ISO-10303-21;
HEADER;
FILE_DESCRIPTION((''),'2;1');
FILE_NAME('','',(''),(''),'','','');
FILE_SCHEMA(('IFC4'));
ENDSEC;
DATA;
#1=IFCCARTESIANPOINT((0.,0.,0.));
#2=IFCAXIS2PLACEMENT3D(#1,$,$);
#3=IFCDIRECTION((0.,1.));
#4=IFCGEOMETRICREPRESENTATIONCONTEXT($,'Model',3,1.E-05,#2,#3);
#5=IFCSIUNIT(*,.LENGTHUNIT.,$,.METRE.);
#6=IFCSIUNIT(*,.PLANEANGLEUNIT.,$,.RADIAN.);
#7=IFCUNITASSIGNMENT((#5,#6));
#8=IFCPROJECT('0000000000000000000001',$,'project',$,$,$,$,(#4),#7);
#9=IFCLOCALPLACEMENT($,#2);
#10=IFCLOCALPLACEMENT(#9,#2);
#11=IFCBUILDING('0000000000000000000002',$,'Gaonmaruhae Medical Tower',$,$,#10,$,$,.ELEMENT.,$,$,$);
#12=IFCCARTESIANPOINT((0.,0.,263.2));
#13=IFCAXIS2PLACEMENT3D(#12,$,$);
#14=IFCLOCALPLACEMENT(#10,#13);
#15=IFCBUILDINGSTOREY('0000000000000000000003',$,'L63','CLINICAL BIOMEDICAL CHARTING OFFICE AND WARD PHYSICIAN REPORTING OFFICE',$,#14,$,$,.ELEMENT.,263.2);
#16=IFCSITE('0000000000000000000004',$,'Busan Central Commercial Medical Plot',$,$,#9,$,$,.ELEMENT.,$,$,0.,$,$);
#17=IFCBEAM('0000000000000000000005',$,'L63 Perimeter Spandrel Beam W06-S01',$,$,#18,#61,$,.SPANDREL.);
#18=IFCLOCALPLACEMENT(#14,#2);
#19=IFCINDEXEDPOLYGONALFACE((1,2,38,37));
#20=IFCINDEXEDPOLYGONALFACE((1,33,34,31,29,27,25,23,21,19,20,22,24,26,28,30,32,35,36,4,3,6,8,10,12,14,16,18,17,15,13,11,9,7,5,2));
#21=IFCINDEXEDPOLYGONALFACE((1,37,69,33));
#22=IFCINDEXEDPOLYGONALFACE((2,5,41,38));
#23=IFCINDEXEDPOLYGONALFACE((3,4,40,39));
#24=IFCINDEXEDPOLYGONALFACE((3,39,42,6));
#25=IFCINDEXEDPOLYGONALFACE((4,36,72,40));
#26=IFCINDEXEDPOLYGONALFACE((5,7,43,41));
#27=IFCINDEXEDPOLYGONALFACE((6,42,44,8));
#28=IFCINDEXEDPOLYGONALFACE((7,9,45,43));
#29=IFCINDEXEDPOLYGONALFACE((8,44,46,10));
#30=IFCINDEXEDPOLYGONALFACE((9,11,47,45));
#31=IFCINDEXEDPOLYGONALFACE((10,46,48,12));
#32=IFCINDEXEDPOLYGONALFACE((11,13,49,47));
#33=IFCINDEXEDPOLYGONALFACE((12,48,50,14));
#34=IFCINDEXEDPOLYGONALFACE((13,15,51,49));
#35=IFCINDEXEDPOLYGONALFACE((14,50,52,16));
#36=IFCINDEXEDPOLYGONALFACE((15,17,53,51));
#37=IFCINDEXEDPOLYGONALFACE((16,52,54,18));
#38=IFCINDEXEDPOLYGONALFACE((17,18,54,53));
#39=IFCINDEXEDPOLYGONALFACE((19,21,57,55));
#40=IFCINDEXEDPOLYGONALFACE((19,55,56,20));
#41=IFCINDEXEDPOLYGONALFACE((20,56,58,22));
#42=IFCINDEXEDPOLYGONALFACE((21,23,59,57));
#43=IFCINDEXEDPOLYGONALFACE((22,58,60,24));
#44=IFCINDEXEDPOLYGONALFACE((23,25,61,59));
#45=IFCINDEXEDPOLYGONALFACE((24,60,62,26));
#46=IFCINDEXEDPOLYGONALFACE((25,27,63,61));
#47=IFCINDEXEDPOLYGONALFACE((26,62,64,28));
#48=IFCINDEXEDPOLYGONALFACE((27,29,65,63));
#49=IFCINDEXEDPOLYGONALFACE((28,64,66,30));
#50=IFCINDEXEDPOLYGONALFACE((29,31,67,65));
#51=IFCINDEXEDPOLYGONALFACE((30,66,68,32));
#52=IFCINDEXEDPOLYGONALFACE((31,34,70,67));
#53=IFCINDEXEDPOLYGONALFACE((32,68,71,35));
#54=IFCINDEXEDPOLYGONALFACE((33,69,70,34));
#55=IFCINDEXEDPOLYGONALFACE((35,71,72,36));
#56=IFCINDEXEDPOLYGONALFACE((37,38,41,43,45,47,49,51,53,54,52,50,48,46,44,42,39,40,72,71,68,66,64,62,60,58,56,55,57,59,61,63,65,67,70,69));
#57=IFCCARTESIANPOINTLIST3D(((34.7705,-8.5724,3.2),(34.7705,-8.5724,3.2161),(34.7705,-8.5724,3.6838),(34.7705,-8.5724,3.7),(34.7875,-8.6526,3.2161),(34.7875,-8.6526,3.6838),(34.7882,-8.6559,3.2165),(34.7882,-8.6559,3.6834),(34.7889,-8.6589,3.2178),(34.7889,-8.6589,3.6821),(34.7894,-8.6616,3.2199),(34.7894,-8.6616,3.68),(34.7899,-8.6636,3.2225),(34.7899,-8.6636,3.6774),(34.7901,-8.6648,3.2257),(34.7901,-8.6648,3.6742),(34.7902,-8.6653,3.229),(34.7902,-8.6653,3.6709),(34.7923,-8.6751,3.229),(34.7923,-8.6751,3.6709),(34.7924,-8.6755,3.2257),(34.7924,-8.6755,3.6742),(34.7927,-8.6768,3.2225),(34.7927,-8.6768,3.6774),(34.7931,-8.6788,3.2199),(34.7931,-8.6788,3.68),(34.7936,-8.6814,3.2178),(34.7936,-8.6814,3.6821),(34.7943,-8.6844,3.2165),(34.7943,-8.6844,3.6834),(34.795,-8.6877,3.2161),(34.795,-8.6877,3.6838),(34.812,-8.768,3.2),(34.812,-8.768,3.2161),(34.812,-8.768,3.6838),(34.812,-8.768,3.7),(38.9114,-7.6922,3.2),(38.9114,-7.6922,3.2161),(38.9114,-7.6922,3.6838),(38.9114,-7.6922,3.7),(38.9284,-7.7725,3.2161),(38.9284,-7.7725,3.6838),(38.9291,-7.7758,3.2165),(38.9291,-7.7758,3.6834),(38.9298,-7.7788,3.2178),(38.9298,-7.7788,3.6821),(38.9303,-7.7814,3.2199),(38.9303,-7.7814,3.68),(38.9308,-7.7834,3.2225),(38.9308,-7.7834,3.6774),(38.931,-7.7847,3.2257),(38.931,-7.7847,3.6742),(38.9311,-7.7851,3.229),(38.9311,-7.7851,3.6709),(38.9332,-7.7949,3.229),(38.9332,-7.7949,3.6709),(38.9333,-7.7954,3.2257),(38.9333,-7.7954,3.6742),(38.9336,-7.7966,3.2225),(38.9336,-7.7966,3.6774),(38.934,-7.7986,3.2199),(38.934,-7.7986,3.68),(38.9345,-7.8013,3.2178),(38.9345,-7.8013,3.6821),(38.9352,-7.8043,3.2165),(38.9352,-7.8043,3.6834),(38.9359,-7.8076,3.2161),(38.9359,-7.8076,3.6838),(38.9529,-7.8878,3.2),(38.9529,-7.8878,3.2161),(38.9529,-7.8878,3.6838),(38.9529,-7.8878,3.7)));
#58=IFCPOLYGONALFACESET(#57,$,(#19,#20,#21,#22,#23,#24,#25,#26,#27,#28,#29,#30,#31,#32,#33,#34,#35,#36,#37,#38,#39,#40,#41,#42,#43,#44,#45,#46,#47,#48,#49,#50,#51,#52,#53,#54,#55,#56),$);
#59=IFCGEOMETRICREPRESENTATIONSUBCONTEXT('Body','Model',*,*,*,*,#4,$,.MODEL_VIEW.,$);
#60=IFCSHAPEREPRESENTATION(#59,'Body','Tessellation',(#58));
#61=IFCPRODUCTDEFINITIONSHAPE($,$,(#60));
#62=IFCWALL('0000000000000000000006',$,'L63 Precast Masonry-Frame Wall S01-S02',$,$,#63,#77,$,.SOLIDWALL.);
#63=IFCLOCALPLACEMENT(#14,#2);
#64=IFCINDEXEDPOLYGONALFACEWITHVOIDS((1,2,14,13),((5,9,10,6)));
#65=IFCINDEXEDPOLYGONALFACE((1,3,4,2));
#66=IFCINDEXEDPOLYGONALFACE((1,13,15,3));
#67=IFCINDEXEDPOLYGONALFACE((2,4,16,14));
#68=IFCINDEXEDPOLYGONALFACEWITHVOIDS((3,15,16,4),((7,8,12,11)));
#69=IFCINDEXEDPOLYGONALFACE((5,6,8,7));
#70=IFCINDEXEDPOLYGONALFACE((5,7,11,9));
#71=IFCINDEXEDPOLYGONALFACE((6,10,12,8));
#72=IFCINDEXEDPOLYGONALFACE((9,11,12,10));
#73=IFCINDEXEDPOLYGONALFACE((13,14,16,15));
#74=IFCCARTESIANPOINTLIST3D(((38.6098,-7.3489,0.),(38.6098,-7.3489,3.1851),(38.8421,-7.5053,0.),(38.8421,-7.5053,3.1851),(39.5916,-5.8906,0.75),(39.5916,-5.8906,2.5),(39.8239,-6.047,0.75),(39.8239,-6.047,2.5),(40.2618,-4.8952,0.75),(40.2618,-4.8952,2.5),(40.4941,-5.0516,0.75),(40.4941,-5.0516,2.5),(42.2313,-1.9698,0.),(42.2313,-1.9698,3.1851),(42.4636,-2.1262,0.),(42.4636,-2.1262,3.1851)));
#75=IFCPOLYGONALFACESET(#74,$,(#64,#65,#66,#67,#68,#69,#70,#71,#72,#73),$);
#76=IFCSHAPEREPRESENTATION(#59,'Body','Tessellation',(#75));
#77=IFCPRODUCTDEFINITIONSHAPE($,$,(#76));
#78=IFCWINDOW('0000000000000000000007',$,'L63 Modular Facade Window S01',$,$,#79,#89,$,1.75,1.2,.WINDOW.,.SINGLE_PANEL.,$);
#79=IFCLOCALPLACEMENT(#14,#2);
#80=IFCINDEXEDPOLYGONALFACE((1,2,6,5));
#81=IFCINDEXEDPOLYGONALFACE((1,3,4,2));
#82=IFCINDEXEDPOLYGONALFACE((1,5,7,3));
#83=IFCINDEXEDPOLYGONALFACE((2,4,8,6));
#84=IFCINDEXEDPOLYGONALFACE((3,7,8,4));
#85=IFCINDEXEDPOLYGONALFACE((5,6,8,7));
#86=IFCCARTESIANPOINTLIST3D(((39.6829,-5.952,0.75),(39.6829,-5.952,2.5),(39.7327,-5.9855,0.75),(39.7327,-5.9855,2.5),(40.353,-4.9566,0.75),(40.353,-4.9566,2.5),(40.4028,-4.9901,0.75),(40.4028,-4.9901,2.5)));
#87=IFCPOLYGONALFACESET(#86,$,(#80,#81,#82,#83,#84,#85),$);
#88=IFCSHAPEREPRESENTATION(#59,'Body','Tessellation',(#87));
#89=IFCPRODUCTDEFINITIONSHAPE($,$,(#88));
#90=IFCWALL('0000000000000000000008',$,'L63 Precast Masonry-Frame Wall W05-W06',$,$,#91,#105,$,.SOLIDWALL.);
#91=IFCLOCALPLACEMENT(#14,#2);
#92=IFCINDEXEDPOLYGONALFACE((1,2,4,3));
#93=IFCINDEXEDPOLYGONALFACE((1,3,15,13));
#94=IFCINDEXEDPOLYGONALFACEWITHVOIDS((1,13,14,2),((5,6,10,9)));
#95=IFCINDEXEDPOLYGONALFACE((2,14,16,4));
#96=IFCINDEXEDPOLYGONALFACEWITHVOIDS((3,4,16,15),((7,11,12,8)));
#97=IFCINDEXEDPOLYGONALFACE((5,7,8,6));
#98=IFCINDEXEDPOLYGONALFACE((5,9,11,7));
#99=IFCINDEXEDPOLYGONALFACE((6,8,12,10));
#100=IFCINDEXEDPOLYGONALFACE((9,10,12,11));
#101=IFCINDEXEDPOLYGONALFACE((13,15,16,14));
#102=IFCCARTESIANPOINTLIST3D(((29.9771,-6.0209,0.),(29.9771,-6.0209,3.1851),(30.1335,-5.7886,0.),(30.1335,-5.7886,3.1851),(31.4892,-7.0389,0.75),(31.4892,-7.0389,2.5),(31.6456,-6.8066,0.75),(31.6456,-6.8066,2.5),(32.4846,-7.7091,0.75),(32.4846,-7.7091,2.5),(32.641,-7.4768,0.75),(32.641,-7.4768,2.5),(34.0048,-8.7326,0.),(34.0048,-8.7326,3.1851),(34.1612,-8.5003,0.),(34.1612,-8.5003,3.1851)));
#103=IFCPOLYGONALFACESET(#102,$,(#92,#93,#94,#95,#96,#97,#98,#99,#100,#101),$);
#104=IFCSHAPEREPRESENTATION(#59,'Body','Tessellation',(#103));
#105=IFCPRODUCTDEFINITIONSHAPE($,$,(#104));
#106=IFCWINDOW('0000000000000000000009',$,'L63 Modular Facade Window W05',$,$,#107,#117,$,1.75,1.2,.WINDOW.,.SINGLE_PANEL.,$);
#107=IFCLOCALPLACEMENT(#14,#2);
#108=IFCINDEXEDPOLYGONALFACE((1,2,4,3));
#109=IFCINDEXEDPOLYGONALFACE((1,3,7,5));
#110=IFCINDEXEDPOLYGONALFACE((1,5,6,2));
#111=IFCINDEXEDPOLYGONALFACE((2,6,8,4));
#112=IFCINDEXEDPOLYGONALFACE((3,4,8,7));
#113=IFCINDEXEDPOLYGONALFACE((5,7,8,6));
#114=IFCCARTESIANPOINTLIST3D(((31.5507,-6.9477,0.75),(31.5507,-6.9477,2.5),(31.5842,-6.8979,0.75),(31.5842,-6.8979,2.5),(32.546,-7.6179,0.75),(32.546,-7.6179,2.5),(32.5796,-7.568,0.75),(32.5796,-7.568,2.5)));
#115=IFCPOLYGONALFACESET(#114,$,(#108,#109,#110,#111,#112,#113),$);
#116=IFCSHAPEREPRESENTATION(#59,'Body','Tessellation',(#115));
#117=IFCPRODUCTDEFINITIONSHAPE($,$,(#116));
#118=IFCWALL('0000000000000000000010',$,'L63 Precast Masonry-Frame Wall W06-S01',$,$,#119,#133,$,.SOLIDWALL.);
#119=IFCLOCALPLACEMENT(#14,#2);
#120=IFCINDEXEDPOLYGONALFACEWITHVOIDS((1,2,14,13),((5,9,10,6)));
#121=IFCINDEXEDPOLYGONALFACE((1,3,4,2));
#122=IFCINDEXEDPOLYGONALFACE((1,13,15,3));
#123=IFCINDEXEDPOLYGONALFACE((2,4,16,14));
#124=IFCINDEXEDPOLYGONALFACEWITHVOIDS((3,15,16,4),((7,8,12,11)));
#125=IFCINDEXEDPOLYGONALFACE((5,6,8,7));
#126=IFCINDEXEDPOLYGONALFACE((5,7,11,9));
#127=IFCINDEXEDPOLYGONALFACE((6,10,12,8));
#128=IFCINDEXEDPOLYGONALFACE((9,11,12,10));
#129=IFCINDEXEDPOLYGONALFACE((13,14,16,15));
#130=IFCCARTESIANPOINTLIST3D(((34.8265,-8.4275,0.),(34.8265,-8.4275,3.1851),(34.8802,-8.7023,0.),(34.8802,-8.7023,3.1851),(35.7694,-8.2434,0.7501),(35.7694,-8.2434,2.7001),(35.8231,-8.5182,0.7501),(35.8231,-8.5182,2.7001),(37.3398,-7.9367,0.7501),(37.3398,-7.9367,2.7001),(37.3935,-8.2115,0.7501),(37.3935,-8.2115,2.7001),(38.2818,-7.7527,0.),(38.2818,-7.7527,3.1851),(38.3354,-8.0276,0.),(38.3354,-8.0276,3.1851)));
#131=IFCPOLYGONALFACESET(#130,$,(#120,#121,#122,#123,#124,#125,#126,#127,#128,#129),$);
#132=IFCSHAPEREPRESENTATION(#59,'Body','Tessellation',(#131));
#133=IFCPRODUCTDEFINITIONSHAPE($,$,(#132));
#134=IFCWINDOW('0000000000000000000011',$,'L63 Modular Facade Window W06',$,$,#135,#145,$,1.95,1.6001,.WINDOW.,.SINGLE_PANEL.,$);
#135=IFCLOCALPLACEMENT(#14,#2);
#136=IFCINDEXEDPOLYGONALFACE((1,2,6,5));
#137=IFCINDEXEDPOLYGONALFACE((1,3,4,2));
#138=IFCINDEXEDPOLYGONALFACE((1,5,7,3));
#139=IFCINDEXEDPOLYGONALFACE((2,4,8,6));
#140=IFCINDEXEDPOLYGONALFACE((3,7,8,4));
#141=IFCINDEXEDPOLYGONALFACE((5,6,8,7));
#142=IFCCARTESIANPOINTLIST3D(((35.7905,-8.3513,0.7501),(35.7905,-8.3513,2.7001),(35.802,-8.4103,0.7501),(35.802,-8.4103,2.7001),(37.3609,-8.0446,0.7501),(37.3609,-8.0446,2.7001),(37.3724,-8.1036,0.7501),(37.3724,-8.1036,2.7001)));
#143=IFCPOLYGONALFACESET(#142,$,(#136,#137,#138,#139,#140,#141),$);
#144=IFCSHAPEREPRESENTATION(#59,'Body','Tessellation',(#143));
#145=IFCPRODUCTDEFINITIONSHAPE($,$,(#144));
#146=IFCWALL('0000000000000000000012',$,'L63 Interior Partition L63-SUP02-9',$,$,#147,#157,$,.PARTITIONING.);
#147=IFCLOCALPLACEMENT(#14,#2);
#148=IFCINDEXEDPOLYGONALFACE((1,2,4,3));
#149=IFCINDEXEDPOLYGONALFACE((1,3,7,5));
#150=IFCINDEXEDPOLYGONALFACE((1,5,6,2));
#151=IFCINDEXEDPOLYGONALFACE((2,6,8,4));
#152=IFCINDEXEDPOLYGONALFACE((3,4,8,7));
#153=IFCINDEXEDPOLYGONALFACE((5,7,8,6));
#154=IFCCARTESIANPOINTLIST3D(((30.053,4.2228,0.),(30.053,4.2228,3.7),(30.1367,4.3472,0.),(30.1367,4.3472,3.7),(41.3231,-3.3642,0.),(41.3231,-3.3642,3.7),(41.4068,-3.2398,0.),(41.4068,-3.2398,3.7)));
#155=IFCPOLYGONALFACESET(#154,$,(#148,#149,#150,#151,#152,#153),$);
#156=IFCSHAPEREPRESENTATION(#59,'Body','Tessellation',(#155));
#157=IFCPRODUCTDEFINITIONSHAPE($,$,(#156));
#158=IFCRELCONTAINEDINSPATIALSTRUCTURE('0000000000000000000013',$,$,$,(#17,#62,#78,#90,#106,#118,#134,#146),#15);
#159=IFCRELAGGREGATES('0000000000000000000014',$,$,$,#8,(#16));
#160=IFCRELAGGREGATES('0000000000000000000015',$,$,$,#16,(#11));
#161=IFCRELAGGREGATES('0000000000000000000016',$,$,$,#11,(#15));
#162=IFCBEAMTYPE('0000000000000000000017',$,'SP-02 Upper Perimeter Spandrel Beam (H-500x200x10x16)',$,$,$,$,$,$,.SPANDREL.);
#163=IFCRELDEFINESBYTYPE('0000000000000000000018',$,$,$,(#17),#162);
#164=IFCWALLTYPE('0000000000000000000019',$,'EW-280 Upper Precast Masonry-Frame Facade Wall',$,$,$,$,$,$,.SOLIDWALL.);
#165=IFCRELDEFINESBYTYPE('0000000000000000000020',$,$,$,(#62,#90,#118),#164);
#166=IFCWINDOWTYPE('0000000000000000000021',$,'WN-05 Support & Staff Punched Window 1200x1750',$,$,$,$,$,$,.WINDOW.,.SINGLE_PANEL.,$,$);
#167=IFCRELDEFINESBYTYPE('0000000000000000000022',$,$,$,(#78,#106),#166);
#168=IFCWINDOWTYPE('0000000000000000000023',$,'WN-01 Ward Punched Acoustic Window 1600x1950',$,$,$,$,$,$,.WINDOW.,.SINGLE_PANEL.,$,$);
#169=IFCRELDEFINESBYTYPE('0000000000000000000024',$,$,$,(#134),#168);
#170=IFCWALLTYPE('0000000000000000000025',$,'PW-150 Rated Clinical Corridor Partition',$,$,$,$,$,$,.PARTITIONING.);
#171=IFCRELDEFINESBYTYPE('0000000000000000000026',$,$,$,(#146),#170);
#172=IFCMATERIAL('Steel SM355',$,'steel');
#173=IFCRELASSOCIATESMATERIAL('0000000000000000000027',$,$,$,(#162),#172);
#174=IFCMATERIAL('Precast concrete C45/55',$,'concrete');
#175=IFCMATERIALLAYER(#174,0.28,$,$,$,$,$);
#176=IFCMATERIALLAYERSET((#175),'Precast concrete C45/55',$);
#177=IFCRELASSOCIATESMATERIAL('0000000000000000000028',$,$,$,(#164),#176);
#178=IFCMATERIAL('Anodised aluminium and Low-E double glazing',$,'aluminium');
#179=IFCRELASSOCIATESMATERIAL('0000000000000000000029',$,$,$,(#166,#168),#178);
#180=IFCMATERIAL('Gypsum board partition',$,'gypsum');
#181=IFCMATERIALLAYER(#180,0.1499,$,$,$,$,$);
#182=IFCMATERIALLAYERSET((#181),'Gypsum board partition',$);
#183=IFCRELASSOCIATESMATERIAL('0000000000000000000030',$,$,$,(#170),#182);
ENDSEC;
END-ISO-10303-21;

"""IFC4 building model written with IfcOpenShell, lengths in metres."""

from ifc_helpers import new_model, si_unit, direction, frame, frame_2d, origin, origin_2d, place, context, subcontext, project, spatial, rectangle, i_section, extrude, material, layer, layer_set, material_profile, profile_set, type_object, element, fill, save


model = new_model("IFC4")

# Units and contexts
model_context = context("Model", 3, precision=1e-05, world=origin(), true_north=direction((0.0, 1.0)))
body_context = subcontext(model_context, "Body", "Model", "MODEL_VIEW")
ifc_project = project(units=[si_unit("LENGTHUNIT", "METRE"), si_unit("PLANEANGLEUNIT", "RADIAN")], contexts=[model_context])

# Site, building, storey
site_placement = place(None, origin())
site = spatial("IfcSite", under=ifc_project, at=site_placement, Name="Busan Central Commercial Medical Plot", CompositionType="ELEMENT", RefElevation=0.0)
building_placement = place(site_placement, origin())
building = spatial("IfcBuilding", under=site, at=building_placement, Name="Gaonmaruhae Medical Tower", CompositionType="ELEMENT")
storey_placement = place(building_placement, frame((0.0, 0.0, 263.2)))
storey = spatial("IfcBuildingStorey", under=building, at=storey_placement, Name="L63", Description="CLINICAL BIOMEDICAL CHARTING OFFICE AND WARD PHYSICIAN REPORTING OFFICE", CompositionType="ELEMENT", Elevation=263.2)

# Shared definitions
ifc_material_1 = material(Name="Anodised aluminium and Low-E double glazing", Category="aluminium")

# Beam
ifc_material_2 = material(Name="Steel SM355", Category="steel")
ifc_material_profile_1 = material_profile(ifc_material_2, i_section(OverallWidth=0.2, OverallDepth=0.5, WebThickness=0.01, FlangeThickness=0.0161, FilletRadius=0.0129, at=origin_2d()), Name="H-500x200x10x16")
ifc_profile_set_1 = profile_set([ifc_material_profile_1], Name="Steel SM355")
beam_type = type_object("IfcBeamType", Name="SP-02 Upper Perimeter Spandrel Beam (H-500x200x10x16)", PredefinedType="SPANDREL", material=ifc_profile_set_1)
beam_1_placement = place(storey_placement, frame((34.7913, -8.6702, 3.45), z_axis=(0.97815, 0.207902, 0.0), x_axis=(-0.207902, 0.97815, 0.0)))
element("IfcBeam", 1, at=beam_1_placement, inside=storey, type_object=beam_type, Name="L63 Perimeter Spandrel Beam W06-S01", PredefinedType="SPANDREL", context=body_context, shape_type="SweptSolid", body=[
    extrude(i_section(OverallWidth=0.2, OverallDepth=0.5, WebThickness=0.01, FlangeThickness=0.0161, FilletRadius=0.0129, at=origin_2d()), origin(), (0.0, 0.0, 1.0), 4.2334),
])

# Walls, openings, windows
ifc_material_3 = material(Name="Precast concrete C45/55", Category="concrete")
ifc_layer_1 = layer(ifc_material_3, 0.28)
ifc_layer_set_1 = layer_set([ifc_layer_1], Name="Precast concrete C45/55")
wall_type_1 = type_object("IfcWallType", Name="EW-280 Upper Precast Masonry-Frame Facade Wall", PredefinedType="SOLIDWALL", material=ifc_layer_set_1)
wall_1_placement = place(storey_placement, frame((42.3474, -2.0481, 0.0), z_axis=(0.0, 0.0, 1.0), x_axis=(-0.558482, -0.829516, 0.0)))
wall_1 = element("IfcWall", 2, at=wall_1_placement, inside=storey, type_object=wall_type_1, Name="L63 Precast Masonry-Frame Wall S01-S02", PredefinedType="SOLIDWALL", context=body_context, shape_type="SweptSolid", body=[
    extrude(rectangle(XDim=6.4846, YDim=0.28, at=frame_2d((3.2422, 0.0))), origin(), (0.0, 0.0, 1.0), 3.1851),
])
opening_1_placement = place(wall_1_placement, frame((3.5264, 0.0, 0.75)))
opening_1 = element("IfcOpeningElement", 3, at=opening_1_placement, cuts=wall_1, PredefinedType="OPENING", context=body_context, shape_type="SweptSolid", body=[
    extrude(rectangle(XDim=1.2, YDim=1.75, at=frame_2d((0.6001, 0.875))), frame((0.0, 0.1499, 0.0), z_axis=(0.0, -1.0, 0.0), x_axis=(1.0, 0.0, 0.0)), (0.0, 0.0, 1.0), 0.3),
])
window_type_1 = type_object("IfcWindowType", Name="WN-05 Support & Staff Punched Window 1200x1750", PartitioningType="SINGLE_PANEL", PredefinedType="WINDOW", material=ifc_material_1)
window_1_placement = place(opening_1_placement, origin())
window_1 = element("IfcWindow", 4, at=window_1_placement, inside=storey, type_object=window_type_1, Name="L63 Modular Facade Window S01", OverallHeight=1.75, OverallWidth=1.2, PartitioningType="SINGLE_PANEL", PredefinedType="WINDOW", context=body_context, shape_type="SweptSolid", body=[
    extrude(rectangle(XDim=1.2, YDim=1.75, at=frame_2d((0.6001, 0.875))), frame((0.0, 0.03, 0.0), z_axis=(0.0, -1.0, 0.0), x_axis=(1.0, 0.0, 0.0)), (0.0, 0.0, 1.0), 0.0601),
])
fill(opening_1, window_1)
wall_2_placement = place(storey_placement, frame((34.083, -8.6165, 0.0), z_axis=(0.0, 0.0, 1.0), x_axis=(-0.829512, 0.558489, 0.0)))
wall_2 = element("IfcWall", 5, at=wall_2_placement, inside=storey, type_object=wall_type_1, Name="L63 Precast Masonry-Frame Wall W05-W06", PredefinedType="SOLIDWALL", context=body_context, shape_type="SweptSolid", body=[
    extrude(rectangle(XDim=4.8555, YDim=0.28, at=frame_2d((2.4277, 0.0))), origin(), (0.0, 0.0, 1.0), 3.1851),
])
opening_2_placement = place(wall_2_placement, frame((1.8325, 0.0, 0.75)))
opening_2 = element("IfcOpeningElement", 6, at=opening_2_placement, cuts=wall_2, PredefinedType="OPENING", context=body_context, shape_type="SweptSolid", body=[
    extrude(rectangle(XDim=1.2, YDim=1.75, at=frame_2d((0.6001, 0.875))), frame((0.0, 0.1499, 0.0), z_axis=(0.0, -1.0, 0.0), x_axis=(1.0, 0.0, 0.0)), (0.0, 0.0, 1.0), 0.3),
])
window_2_placement = place(opening_2_placement, origin())
window_2 = element("IfcWindow", 7, at=window_2_placement, inside=storey, type_object=window_type_1, Name="L63 Modular Facade Window W05", OverallHeight=1.75, OverallWidth=1.2, PartitioningType="SINGLE_PANEL", PredefinedType="WINDOW", context=body_context, shape_type="SweptSolid", body=[
    extrude(rectangle(XDim=1.2, YDim=1.75, at=frame_2d((0.6001, 0.875))), frame((0.0, 0.03, 0.0), z_axis=(0.0, -1.0, 0.0), x_axis=(1.0, 0.0, 0.0)), (0.0, 0.0, 1.0), 0.0601),
])
fill(opening_2, window_2)
wall_3_placement = place(storey_placement, frame((38.3086, -7.8901, 0.0), z_axis=(0.0, 0.0, 1.0), x_axis=(-0.981459, -0.191673, 0.0)))
wall_3 = element("IfcWall", 8, at=wall_3_placement, inside=storey, type_object=wall_type_1, Name="L63 Precast Masonry-Frame Wall W06-S01", PredefinedType="SOLIDWALL", context=body_context, shape_type="SweptSolid", body=[
    extrude(rectangle(XDim=3.5205, YDim=0.28, at=frame_2d((1.7603, 0.0))), origin(), (0.0, 0.0, 1.0), 3.1851),
])
opening_3_placement = place(wall_3_placement, frame((0.9597, 0.0, 0.75)))
opening_3 = element("IfcOpeningElement", 9, at=opening_3_placement, cuts=wall_3, PredefinedType="OPENING", context=body_context, shape_type="SweptSolid", body=[
    extrude(rectangle(XDim=1.6001, YDim=1.95, at=frame_2d((0.8, 0.9751))), frame((0.0, 0.1499, 0.0), z_axis=(0.0, -1.0, 0.0), x_axis=(1.0, 0.0, 0.0)), (0.0, 0.0, 1.0), 0.3),
])
window_type_2 = type_object("IfcWindowType", Name="WN-01 Ward Punched Acoustic Window 1600x1950", PartitioningType="SINGLE_PANEL", PredefinedType="WINDOW", material=ifc_material_1)
window_3_placement = place(opening_3_placement, origin())
window_3 = element("IfcWindow", 10, at=window_3_placement, inside=storey, type_object=window_type_2, Name="L63 Modular Facade Window W06", OverallHeight=1.95, OverallWidth=1.6001, PartitioningType="SINGLE_PANEL", PredefinedType="WINDOW", context=body_context, shape_type="SweptSolid", body=[
    extrude(rectangle(XDim=1.6001, YDim=1.95, at=frame_2d((0.8, 0.9751))), frame((0.0, 0.03, 0.0), z_axis=(0.0, -1.0, 0.0), x_axis=(1.0, 0.0, 0.0)), (0.0, 0.0, 1.0), 0.0601),
])
fill(opening_3, window_3)

# Wall
ifc_material_4 = material(Name="Gypsum board partition", Category="gypsum")
ifc_layer_2 = layer(ifc_material_4, 0.1499)
ifc_layer_set_2 = layer_set([ifc_layer_2], Name="Gypsum board partition")
wall_type_2 = type_object("IfcWallType", Name="PW-150 Rated Clinical Corridor Partition", PredefinedType="PARTITIONING", material=ifc_layer_set_2)
wall_4_placement = place(storey_placement, frame((41.365, -3.302, 0.0), z_axis=(0.0, 0.0, 1.0), x_axis=(-0.829543, 0.558443, 0.0)))
element("IfcWall", 11, at=wall_4_placement, inside=storey, type_object=wall_type_2, Name="L63 Interior Partition L63-SUP02-9", PredefinedType="PARTITIONING", context=body_context, shape_type="SweptSolid", body=[
    extrude(rectangle(XDim=13.5859, YDim=0.1499, at=frame_2d((6.793, 0.0))), origin(), (0.0, 0.0, 1.0), 3.7),
])

save(model, "model.ifc")
